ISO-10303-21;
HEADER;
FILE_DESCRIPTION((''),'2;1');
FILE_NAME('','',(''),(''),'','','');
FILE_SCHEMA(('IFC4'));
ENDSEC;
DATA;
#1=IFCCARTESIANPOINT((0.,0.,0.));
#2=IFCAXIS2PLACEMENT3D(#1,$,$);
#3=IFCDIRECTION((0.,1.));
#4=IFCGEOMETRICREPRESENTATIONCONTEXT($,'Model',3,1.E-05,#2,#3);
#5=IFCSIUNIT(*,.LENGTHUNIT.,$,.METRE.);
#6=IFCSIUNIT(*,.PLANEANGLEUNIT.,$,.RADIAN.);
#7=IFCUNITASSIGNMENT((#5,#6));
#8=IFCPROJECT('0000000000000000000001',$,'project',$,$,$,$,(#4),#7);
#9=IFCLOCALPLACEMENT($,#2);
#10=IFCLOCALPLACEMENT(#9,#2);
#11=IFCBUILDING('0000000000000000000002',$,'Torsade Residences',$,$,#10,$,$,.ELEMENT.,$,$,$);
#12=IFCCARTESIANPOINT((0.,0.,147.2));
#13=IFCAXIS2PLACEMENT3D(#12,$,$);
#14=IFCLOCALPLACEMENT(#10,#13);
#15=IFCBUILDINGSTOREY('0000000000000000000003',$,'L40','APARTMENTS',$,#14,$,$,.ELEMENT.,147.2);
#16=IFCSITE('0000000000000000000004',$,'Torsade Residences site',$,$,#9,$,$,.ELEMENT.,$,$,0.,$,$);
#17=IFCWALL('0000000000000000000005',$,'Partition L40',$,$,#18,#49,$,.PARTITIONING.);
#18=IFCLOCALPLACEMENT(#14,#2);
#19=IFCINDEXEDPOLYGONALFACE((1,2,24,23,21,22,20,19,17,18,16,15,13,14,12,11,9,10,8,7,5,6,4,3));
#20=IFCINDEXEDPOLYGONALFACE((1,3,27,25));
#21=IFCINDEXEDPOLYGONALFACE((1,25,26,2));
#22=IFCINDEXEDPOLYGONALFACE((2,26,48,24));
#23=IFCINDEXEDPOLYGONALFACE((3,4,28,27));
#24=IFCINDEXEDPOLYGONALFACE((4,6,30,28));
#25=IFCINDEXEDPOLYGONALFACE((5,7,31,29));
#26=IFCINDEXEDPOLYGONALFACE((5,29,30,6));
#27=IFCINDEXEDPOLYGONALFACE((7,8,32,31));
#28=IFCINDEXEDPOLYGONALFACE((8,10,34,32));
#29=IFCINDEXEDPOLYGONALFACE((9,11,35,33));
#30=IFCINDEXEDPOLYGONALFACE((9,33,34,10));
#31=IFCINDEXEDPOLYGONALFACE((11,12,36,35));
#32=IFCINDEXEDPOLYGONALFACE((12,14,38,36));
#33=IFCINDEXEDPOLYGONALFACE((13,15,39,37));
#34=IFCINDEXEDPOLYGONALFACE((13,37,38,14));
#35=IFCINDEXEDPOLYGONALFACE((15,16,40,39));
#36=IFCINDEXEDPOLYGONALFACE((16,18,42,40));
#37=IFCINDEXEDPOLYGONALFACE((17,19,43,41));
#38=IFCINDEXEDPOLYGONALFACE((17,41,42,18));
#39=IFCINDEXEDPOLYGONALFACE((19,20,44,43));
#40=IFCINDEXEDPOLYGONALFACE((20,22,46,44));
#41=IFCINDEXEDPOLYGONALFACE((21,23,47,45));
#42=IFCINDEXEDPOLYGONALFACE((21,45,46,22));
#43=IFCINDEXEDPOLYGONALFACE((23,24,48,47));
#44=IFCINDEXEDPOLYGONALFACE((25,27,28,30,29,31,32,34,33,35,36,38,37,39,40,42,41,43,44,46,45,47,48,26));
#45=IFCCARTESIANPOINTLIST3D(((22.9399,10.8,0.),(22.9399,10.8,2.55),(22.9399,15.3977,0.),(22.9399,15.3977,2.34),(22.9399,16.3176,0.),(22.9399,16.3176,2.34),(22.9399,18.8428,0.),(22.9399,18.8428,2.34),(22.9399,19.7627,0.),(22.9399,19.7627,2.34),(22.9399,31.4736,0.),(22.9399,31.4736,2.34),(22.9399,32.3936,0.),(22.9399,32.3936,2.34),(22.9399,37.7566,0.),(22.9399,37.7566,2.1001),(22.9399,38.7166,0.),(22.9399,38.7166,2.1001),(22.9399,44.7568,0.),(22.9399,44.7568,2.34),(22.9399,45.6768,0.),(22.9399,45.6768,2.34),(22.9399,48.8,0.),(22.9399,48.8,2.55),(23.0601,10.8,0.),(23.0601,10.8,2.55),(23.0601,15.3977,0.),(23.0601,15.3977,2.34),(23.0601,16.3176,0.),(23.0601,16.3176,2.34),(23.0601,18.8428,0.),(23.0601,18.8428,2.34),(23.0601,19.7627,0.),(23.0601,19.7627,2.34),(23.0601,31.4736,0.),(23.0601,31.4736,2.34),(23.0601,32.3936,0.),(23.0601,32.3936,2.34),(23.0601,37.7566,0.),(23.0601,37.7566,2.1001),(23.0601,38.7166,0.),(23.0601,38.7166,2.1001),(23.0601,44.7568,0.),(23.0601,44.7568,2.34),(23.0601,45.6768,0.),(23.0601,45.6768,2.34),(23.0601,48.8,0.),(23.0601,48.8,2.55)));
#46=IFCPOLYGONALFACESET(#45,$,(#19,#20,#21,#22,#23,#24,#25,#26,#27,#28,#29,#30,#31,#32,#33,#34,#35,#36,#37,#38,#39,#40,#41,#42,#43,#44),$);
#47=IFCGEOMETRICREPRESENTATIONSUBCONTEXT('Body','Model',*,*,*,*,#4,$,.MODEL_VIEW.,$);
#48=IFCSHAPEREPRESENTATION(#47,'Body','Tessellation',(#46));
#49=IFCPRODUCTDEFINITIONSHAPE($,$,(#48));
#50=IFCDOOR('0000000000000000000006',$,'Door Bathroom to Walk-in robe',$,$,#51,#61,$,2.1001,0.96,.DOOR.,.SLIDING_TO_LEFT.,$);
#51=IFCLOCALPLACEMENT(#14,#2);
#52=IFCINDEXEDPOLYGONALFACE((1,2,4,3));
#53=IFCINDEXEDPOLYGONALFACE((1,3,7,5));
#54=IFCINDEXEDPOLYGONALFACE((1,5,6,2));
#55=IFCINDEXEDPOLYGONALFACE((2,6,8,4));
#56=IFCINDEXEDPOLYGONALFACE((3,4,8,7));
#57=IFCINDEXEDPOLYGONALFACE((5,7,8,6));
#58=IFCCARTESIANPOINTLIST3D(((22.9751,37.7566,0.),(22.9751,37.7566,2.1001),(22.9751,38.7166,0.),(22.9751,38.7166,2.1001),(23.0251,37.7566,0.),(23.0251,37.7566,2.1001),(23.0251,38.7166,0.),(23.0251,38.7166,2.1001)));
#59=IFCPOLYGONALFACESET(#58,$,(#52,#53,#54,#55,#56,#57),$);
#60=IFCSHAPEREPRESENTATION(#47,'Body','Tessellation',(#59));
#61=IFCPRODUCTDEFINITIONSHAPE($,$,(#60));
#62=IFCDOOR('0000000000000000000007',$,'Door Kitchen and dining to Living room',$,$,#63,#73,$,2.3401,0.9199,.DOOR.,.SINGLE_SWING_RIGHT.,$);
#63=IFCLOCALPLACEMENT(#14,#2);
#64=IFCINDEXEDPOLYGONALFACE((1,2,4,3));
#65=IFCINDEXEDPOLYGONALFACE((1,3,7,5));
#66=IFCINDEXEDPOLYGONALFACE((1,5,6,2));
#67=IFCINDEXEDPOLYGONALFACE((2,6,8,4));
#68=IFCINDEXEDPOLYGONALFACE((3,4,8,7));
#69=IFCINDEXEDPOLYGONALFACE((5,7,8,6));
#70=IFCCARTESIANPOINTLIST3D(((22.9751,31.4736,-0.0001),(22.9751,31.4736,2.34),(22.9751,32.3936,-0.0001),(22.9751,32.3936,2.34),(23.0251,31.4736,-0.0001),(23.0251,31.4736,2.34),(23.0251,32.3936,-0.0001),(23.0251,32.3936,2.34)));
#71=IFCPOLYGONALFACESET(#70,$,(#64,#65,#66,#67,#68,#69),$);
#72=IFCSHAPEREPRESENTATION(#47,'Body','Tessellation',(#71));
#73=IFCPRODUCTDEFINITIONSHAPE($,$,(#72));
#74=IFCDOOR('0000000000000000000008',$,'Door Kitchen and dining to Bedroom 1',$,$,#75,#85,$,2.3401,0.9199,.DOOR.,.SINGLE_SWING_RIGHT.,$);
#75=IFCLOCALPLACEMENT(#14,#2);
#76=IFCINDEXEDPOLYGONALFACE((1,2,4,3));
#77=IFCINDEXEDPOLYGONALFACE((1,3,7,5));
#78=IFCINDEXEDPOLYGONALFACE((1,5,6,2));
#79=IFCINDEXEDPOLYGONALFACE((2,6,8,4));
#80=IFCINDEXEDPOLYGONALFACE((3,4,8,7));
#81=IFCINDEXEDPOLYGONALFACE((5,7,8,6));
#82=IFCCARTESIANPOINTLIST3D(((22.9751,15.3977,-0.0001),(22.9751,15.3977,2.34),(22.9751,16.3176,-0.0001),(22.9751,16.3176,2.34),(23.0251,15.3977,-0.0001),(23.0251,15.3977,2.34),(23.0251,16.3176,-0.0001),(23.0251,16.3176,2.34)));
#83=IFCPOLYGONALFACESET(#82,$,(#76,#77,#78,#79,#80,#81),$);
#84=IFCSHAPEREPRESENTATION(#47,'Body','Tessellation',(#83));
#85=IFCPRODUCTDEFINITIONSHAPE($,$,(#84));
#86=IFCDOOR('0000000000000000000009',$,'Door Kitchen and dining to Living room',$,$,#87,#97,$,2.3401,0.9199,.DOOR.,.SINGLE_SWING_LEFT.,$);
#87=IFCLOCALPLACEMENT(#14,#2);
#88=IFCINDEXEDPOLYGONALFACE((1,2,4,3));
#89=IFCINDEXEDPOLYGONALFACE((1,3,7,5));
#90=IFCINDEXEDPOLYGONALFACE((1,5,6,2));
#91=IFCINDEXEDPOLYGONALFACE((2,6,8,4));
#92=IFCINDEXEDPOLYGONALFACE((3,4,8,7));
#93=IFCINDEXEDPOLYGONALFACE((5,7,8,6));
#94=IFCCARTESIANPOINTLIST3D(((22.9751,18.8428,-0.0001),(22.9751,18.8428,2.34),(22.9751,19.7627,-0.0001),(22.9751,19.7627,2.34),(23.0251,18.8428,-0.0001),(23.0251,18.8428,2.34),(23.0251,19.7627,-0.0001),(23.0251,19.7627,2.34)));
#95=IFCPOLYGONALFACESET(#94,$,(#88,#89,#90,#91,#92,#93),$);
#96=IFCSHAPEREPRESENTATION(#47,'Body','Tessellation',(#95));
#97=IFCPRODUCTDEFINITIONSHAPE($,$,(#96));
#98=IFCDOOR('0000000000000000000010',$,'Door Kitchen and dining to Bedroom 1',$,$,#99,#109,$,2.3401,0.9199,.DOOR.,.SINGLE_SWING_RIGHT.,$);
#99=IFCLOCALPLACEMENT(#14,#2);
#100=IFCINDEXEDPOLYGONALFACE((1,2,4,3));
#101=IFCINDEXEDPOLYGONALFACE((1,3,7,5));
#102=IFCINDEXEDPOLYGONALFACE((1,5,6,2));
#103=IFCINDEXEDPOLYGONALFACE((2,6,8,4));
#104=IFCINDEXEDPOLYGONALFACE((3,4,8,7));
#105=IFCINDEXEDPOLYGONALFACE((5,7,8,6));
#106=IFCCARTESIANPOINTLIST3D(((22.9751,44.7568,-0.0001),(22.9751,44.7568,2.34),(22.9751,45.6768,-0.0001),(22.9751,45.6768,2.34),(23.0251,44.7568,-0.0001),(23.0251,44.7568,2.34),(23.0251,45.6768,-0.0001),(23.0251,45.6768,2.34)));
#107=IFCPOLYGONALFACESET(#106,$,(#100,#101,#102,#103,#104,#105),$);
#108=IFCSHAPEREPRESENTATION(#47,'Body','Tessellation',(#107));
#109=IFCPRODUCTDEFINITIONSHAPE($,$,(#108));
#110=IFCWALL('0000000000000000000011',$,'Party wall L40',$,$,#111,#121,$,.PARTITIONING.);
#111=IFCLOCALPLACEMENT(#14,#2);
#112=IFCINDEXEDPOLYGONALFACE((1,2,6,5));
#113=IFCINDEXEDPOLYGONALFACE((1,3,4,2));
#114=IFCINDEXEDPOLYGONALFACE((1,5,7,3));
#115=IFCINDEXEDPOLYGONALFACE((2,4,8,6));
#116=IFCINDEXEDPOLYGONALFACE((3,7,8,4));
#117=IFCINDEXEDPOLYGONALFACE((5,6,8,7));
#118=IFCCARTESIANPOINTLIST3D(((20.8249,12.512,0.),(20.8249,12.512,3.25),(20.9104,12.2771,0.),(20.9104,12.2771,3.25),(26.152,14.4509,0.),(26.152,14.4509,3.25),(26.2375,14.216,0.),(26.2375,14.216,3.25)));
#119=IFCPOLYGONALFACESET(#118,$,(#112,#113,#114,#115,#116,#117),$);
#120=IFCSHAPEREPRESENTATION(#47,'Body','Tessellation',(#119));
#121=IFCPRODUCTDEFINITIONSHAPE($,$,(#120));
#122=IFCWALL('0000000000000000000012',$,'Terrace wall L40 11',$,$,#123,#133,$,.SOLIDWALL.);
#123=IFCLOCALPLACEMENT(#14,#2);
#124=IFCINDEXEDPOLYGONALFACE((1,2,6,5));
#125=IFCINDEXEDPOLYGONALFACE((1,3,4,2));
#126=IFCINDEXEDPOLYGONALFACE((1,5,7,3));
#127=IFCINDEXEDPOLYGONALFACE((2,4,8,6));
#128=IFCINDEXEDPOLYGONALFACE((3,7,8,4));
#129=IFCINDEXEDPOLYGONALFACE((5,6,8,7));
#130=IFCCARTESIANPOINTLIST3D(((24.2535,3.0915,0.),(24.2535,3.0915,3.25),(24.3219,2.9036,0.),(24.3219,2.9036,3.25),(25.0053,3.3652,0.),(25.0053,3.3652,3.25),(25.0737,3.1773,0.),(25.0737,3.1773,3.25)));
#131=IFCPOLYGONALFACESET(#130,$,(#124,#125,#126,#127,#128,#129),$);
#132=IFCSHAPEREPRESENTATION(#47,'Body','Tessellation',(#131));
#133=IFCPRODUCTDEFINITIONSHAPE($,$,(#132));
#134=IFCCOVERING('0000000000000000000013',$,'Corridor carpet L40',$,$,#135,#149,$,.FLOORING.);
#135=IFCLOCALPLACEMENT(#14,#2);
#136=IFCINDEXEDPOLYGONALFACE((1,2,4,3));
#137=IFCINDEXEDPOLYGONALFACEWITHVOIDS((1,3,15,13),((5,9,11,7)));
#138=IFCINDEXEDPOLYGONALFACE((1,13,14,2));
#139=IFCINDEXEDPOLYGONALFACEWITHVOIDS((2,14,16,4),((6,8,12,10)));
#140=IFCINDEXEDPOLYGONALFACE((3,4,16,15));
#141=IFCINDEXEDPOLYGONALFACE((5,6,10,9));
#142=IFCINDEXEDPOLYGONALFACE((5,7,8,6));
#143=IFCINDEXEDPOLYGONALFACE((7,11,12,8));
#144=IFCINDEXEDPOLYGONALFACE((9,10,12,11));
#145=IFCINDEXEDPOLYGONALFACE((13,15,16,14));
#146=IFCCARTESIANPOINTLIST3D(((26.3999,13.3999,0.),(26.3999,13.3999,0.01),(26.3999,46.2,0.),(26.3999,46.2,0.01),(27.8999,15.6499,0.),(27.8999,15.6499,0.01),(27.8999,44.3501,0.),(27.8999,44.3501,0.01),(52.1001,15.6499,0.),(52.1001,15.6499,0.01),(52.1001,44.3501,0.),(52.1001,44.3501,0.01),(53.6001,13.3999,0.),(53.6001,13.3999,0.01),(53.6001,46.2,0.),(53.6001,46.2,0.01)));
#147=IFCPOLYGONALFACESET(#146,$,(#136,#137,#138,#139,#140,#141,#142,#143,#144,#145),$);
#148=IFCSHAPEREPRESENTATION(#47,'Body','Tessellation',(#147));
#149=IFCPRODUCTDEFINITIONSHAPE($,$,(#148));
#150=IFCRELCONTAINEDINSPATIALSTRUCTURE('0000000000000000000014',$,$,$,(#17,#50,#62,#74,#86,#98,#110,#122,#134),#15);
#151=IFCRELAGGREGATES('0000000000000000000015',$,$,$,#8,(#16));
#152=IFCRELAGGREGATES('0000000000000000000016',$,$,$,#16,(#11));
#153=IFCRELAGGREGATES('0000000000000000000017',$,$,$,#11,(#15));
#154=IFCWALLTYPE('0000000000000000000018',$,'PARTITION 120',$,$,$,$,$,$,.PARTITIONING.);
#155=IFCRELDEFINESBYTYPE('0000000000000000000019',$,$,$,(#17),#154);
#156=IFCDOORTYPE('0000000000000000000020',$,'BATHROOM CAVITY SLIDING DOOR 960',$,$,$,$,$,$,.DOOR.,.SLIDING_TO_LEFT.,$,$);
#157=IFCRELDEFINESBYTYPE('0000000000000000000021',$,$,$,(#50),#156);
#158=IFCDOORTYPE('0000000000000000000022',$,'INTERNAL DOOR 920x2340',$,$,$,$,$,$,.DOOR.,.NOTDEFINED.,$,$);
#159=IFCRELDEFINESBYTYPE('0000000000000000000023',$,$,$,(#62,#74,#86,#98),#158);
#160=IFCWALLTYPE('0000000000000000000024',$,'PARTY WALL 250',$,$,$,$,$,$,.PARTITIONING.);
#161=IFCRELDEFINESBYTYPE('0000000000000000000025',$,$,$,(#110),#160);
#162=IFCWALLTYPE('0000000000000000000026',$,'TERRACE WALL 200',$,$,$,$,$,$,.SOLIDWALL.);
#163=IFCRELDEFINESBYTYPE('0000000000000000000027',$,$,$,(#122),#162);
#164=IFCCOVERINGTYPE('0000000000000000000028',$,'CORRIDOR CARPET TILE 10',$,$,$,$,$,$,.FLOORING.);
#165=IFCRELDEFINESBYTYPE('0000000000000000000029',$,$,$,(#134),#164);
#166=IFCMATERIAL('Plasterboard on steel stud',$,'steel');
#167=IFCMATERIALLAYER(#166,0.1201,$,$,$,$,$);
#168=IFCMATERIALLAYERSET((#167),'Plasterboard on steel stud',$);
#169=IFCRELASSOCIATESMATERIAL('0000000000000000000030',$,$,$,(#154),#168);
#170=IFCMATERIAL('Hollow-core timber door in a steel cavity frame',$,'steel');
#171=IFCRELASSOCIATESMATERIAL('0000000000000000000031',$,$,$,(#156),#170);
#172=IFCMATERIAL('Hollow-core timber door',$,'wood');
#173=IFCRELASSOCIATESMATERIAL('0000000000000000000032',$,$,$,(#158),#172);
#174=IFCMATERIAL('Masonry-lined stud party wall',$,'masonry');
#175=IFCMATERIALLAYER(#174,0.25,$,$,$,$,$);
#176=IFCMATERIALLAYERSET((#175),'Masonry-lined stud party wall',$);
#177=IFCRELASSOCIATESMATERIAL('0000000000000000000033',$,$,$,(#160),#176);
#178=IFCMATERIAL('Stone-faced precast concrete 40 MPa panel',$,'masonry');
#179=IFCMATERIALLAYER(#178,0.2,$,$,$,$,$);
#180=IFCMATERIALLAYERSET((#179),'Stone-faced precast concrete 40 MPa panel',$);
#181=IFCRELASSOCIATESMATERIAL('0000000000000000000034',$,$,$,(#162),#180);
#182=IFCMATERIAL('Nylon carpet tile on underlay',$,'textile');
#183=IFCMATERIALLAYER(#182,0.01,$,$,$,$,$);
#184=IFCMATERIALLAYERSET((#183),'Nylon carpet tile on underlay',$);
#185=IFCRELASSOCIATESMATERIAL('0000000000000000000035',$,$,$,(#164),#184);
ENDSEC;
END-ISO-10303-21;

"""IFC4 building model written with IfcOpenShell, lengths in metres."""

from ifc_helpers import new_model, si_unit, direction, frame, frame_2d, origin, place, context, subcontext, project, spatial, polyline, rectangle, outline, extrude, material, layer, layer_set, type_object, element, fill, save


model = new_model("IFC4")

# Units and contexts
model_context = context("Model", 3, precision=1e-05, world=origin(), true_north=direction((0.0, 1.0)))
body_context = subcontext(model_context, "Body", "Model", "MODEL_VIEW")
ifc_project = project(units=[si_unit("LENGTHUNIT", "METRE"), si_unit("PLANEANGLEUNIT", "RADIAN")], contexts=[model_context])

# Site, building, storey
site_placement = place(None, origin())
site = spatial("IfcSite", under=ifc_project, at=site_placement, Name="Torsade Residences site", CompositionType="ELEMENT", RefElevation=0.0)
building_placement = place(site_placement, origin())
building = spatial("IfcBuilding", under=site, at=building_placement, Name="Torsade Residences", CompositionType="ELEMENT")
storey_placement = place(building_placement, frame((0.0, 0.0, 147.2)))
storey = spatial("IfcBuildingStorey", under=building, at=storey_placement, Name="L40", Description="APARTMENTS", CompositionType="ELEMENT", Elevation=147.2)

# Wall, openings, doors
ifc_material_1 = material(Name="Plasterboard on steel stud", Category="steel")
ifc_layer_1 = layer(ifc_material_1, 0.1201)
ifc_layer_set_1 = layer_set([ifc_layer_1], Name="Plasterboard on steel stud")
wall_type_1 = type_object("IfcWallType", Name="PARTITION 120", PredefinedType="PARTITIONING", material=ifc_layer_set_1)
wall_1_placement = place(storey_placement, frame((23.0, 10.8, 0.0), z_axis=(0.0, 0.0, 1.0), x_axis=(0.0, 1.0, 0.0)))
wall_1 = element("IfcWall", 1, at=wall_1_placement, inside=storey, type_object=wall_type_1, Name="Partition L40", PredefinedType="PARTITIONING", context=body_context, shape_type="SweptSolid", body=[
    extrude(rectangle(XDim=38.0, YDim=0.1201, at=frame_2d((19.0, 0.0))), origin(), (0.0, 0.0, 1.0), 2.55),
])
opening_1_placement = place(wall_1_placement, frame((20.6736, 0.0, 0.0)))
opening_1 = element("IfcOpeningElement", 2, at=opening_1_placement, cuts=wall_1, PredefinedType="OPENING", context=body_context, shape_type="SweptSolid", body=[
    extrude(rectangle(XDim=0.9199, YDim=2.3401, at=frame_2d((0.46, 1.1699))), frame((0.0, 0.0701, 0.0), z_axis=(0.0, -1.0, 0.0), x_axis=(1.0, 0.0, 0.0)), (0.0, 0.0, 1.0), 0.1401),
])
opening_2_placement = place(wall_1_placement, frame((4.5977, 0.0, 0.0)))
opening_2 = element("IfcOpeningElement", 3, at=opening_2_placement, cuts=wall_1, PredefinedType="OPENING", context=body_context, shape_type="SweptSolid", body=[
    extrude(rectangle(XDim=0.9199, YDim=2.3401, at=frame_2d((0.46, 1.1699))), frame((0.0, 0.0701, 0.0), z_axis=(0.0, -1.0, 0.0), x_axis=(1.0, 0.0, 0.0)), (0.0, 0.0, 1.0), 0.1401),
])
opening_3_placement = place(wall_1_placement, frame((8.0427, 0.0, 0.0)))
opening_3 = element("IfcOpeningElement", 4, at=opening_3_placement, cuts=wall_1, PredefinedType="OPENING", context=body_context, shape_type="SweptSolid", body=[
    extrude(rectangle(XDim=0.9199, YDim=2.3401, at=frame_2d((0.46, 1.1699))), frame((0.0, 0.0701, 0.0), z_axis=(0.0, -1.0, 0.0), x_axis=(1.0, 0.0, 0.0)), (0.0, 0.0, 1.0), 0.1401),
])
opening_4_placement = place(wall_1_placement, frame((33.9568, 0.0, 0.0)))
opening_4 = element("IfcOpeningElement", 5, at=opening_4_placement, cuts=wall_1, PredefinedType="OPENING", context=body_context, shape_type="SweptSolid", body=[
    extrude(rectangle(XDim=0.9199, YDim=2.3401, at=frame_2d((0.46, 1.1699))), frame((0.0, 0.0701, 0.0), z_axis=(0.0, -1.0, 0.0), x_axis=(1.0, 0.0, 0.0)), (0.0, 0.0, 1.0), 0.1401),
])
opening_5_placement = place(wall_1_placement, frame((26.9565, 0.0, 0.0)))
opening_5 = element("IfcOpeningElement", 6, at=opening_5_placement, cuts=wall_1, PredefinedType="OPENING", context=body_context, shape_type="SweptSolid", body=[
    extrude(rectangle(XDim=0.96, YDim=2.1001, at=frame_2d((0.48, 1.05))), frame((0.0, 0.0701, 0.0), z_axis=(0.0, -1.0, 0.0), x_axis=(1.0, 0.0, 0.0)), (0.0, 0.0, 1.0), 0.1401),
])
ifc_material_2 = material(Name="Hollow-core timber door in a steel cavity frame", Category="steel")
door_type_1 = type_object("IfcDoorType", Name="BATHROOM CAVITY SLIDING DOOR 960", OperationType="SLIDING_TO_LEFT", PredefinedType="DOOR", material=ifc_material_2)
door_1_placement = place(opening_5_placement, origin())
door_1 = element("IfcDoor", 7, at=door_1_placement, inside=storey, type_object=door_type_1, Name="Door Bathroom to Walk-in robe", OperationType="SLIDING_TO_LEFT", OverallHeight=2.1001, OverallWidth=0.96, PredefinedType="DOOR", context=body_context, shape_type="SweptSolid", body=[
    extrude(rectangle(XDim=0.96, YDim=2.1001, at=frame_2d((0.48, 1.05))), frame((0.0, 0.0249, 0.0), z_axis=(0.0, -1.0, 0.0), x_axis=(1.0, 0.0, 0.0)), (0.0, 0.0, 1.0), 0.05),
])
fill(opening_5, door_1)
ifc_material_3 = material(Name="Hollow-core timber door", Category="wood")
door_type_2 = type_object("IfcDoorType", Name="INTERNAL DOOR 920x2340", OperationType="NOTDEFINED", PredefinedType="DOOR", material=ifc_material_3)
door_2_placement = place(opening_1_placement, origin())
door_2 = element("IfcDoor", 8, at=door_2_placement, inside=storey, type_object=door_type_2, Name="Door Kitchen and dining to Living room", OperationType="SINGLE_SWING_RIGHT", OverallHeight=2.3401, OverallWidth=0.9199, PredefinedType="DOOR", context=body_context, shape_type="SweptSolid", body=[
    extrude(rectangle(XDim=0.9199, YDim=2.3401, at=frame_2d((0.46, 1.1699))), frame((0.0, 0.0249, 0.0), z_axis=(0.0, -1.0, 0.0), x_axis=(1.0, 0.0, 0.0)), (0.0, 0.0, 1.0), 0.05),
])
fill(opening_1, door_2)
door_3_placement = place(opening_2_placement, origin())
door_3 = element("IfcDoor", 9, at=door_3_placement, inside=storey, type_object=door_type_2, Name="Door Kitchen and dining to Bedroom 1", OperationType="SINGLE_SWING_RIGHT", OverallHeight=2.3401, OverallWidth=0.9199, PredefinedType="DOOR", context=body_context, shape_type="SweptSolid", body=[
    extrude(rectangle(XDim=0.9199, YDim=2.3401, at=frame_2d((0.46, 1.1699))), frame((0.0, 0.0249, 0.0), z_axis=(0.0, -1.0, 0.0), x_axis=(1.0, 0.0, 0.0)), (0.0, 0.0, 1.0), 0.05),
])
fill(opening_2, door_3)
door_4_placement = place(opening_3_placement, origin())
door_4 = element("IfcDoor", 10, at=door_4_placement, inside=storey, type_object=door_type_2, Name="Door Kitchen and dining to Living room", OperationType="SINGLE_SWING_LEFT", OverallHeight=2.3401, OverallWidth=0.9199, PredefinedType="DOOR", context=body_context, shape_type="SweptSolid", body=[
    extrude(rectangle(XDim=0.9199, YDim=2.3401, at=frame_2d((0.46, 1.1699))), frame((0.0, 0.0249, 0.0), z_axis=(0.0, -1.0, 0.0), x_axis=(1.0, 0.0, 0.0)), (0.0, 0.0, 1.0), 0.05),
])
fill(opening_3, door_4)
door_5_placement = place(opening_4_placement, origin())
door_5 = element("IfcDoor", 11, at=door_5_placement, inside=storey, type_object=door_type_2, Name="Door Kitchen and dining to Bedroom 1", OperationType="SINGLE_SWING_RIGHT", OverallHeight=2.3401, OverallWidth=0.9199, PredefinedType="DOOR", context=body_context, shape_type="SweptSolid", body=[
    extrude(rectangle(XDim=0.9199, YDim=2.3401, at=frame_2d((0.46, 1.1699))), frame((0.0, 0.0249, 0.0), z_axis=(0.0, -1.0, 0.0), x_axis=(1.0, 0.0, 0.0)), (0.0, 0.0, 1.0), 0.05),
])
fill(opening_4, door_5)

# Walls
ifc_material_4 = material(Name="Masonry-lined stud party wall", Category="masonry")
ifc_layer_2 = layer(ifc_material_4, 0.25)
ifc_layer_set_2 = layer_set([ifc_layer_2], Name="Masonry-lined stud party wall")
wall_type_2 = type_object("IfcWallType", Name="PARTY WALL 250", PredefinedType="PARTITIONING", material=ifc_layer_set_2)
wall_2_placement = place(storey_placement, frame((20.8677, 12.3945, 0.0), z_axis=(0.0, 0.0, 1.0), x_axis=(0.93969, 0.342027, 0.0)))
element("IfcWall", 12, at=wall_2_placement, inside=storey, type_object=wall_type_2, Name="Party wall L40", PredefinedType="PARTITIONING", context=body_context, shape_type="SweptSolid", body=[
    extrude(rectangle(XDim=5.6689, YDim=0.25, at=frame_2d((2.8345, 0.0))), origin(), (0.0, 0.0, 1.0), 3.25),
])
ifc_material_5 = material(Name="Stone-faced precast concrete 40 MPa panel", Category="masonry")
ifc_layer_3 = layer(ifc_material_5, 0.2)
ifc_layer_set_3 = layer_set([ifc_layer_3], Name="Stone-faced precast concrete 40 MPa panel")
wall_type_3 = type_object("IfcWallType", Name="TERRACE WALL 200", PredefinedType="SOLIDWALL", material=ifc_layer_set_3)
wall_3_placement = place(storey_placement, frame((24.2878, 2.9976, 0.0), z_axis=(0.0, 0.0, 1.0), x_axis=(0.93966, 0.342111, 0.0)))
element("IfcWall", 13, at=wall_3_placement, inside=storey, type_object=wall_type_3, Name="Terrace wall L40 11", PredefinedType="SOLIDWALL", context=body_context, shape_type="SweptSolid", body=[
    extrude(rectangle(XDim=0.8, YDim=0.2, at=frame_2d((0.3999, 0.0))), origin(), (0.0, 0.0, 1.0), 3.25),
])

# Covering
ifc_material_6 = material(Name="Nylon carpet tile on underlay", Category="textile")
ifc_layer_4 = layer(ifc_material_6, 0.01)
ifc_layer_set_4 = layer_set([ifc_layer_4], Name="Nylon carpet tile on underlay")
covering_type_1 = type_object("IfcCoveringType", Name="CORRIDOR CARPET TILE 10", PredefinedType="FLOORING", material=ifc_layer_set_4)
covering_1_placement = place(storey_placement, origin())
element("IfcCovering", 14, at=covering_1_placement, inside=storey, type_object=covering_type_1, Name="Corridor carpet L40", PredefinedType="FLOORING", context=body_context, shape_type="SweptSolid", body=[
    extrude(outline(polyline([(26.3999, 46.2), (26.3999, 13.3999), (53.6001, 13.3999), (53.6001, 46.2), (26.3999, 46.2)]), holes=[polyline([(52.1001, 44.3501), (27.8999, 44.3501), (27.8999, 15.6499), (52.1001, 15.6499), (52.1001, 44.3501)])]), origin(), (0.0, 0.0, 1.0), 0.01),
])

save(model, "model.ifc")
